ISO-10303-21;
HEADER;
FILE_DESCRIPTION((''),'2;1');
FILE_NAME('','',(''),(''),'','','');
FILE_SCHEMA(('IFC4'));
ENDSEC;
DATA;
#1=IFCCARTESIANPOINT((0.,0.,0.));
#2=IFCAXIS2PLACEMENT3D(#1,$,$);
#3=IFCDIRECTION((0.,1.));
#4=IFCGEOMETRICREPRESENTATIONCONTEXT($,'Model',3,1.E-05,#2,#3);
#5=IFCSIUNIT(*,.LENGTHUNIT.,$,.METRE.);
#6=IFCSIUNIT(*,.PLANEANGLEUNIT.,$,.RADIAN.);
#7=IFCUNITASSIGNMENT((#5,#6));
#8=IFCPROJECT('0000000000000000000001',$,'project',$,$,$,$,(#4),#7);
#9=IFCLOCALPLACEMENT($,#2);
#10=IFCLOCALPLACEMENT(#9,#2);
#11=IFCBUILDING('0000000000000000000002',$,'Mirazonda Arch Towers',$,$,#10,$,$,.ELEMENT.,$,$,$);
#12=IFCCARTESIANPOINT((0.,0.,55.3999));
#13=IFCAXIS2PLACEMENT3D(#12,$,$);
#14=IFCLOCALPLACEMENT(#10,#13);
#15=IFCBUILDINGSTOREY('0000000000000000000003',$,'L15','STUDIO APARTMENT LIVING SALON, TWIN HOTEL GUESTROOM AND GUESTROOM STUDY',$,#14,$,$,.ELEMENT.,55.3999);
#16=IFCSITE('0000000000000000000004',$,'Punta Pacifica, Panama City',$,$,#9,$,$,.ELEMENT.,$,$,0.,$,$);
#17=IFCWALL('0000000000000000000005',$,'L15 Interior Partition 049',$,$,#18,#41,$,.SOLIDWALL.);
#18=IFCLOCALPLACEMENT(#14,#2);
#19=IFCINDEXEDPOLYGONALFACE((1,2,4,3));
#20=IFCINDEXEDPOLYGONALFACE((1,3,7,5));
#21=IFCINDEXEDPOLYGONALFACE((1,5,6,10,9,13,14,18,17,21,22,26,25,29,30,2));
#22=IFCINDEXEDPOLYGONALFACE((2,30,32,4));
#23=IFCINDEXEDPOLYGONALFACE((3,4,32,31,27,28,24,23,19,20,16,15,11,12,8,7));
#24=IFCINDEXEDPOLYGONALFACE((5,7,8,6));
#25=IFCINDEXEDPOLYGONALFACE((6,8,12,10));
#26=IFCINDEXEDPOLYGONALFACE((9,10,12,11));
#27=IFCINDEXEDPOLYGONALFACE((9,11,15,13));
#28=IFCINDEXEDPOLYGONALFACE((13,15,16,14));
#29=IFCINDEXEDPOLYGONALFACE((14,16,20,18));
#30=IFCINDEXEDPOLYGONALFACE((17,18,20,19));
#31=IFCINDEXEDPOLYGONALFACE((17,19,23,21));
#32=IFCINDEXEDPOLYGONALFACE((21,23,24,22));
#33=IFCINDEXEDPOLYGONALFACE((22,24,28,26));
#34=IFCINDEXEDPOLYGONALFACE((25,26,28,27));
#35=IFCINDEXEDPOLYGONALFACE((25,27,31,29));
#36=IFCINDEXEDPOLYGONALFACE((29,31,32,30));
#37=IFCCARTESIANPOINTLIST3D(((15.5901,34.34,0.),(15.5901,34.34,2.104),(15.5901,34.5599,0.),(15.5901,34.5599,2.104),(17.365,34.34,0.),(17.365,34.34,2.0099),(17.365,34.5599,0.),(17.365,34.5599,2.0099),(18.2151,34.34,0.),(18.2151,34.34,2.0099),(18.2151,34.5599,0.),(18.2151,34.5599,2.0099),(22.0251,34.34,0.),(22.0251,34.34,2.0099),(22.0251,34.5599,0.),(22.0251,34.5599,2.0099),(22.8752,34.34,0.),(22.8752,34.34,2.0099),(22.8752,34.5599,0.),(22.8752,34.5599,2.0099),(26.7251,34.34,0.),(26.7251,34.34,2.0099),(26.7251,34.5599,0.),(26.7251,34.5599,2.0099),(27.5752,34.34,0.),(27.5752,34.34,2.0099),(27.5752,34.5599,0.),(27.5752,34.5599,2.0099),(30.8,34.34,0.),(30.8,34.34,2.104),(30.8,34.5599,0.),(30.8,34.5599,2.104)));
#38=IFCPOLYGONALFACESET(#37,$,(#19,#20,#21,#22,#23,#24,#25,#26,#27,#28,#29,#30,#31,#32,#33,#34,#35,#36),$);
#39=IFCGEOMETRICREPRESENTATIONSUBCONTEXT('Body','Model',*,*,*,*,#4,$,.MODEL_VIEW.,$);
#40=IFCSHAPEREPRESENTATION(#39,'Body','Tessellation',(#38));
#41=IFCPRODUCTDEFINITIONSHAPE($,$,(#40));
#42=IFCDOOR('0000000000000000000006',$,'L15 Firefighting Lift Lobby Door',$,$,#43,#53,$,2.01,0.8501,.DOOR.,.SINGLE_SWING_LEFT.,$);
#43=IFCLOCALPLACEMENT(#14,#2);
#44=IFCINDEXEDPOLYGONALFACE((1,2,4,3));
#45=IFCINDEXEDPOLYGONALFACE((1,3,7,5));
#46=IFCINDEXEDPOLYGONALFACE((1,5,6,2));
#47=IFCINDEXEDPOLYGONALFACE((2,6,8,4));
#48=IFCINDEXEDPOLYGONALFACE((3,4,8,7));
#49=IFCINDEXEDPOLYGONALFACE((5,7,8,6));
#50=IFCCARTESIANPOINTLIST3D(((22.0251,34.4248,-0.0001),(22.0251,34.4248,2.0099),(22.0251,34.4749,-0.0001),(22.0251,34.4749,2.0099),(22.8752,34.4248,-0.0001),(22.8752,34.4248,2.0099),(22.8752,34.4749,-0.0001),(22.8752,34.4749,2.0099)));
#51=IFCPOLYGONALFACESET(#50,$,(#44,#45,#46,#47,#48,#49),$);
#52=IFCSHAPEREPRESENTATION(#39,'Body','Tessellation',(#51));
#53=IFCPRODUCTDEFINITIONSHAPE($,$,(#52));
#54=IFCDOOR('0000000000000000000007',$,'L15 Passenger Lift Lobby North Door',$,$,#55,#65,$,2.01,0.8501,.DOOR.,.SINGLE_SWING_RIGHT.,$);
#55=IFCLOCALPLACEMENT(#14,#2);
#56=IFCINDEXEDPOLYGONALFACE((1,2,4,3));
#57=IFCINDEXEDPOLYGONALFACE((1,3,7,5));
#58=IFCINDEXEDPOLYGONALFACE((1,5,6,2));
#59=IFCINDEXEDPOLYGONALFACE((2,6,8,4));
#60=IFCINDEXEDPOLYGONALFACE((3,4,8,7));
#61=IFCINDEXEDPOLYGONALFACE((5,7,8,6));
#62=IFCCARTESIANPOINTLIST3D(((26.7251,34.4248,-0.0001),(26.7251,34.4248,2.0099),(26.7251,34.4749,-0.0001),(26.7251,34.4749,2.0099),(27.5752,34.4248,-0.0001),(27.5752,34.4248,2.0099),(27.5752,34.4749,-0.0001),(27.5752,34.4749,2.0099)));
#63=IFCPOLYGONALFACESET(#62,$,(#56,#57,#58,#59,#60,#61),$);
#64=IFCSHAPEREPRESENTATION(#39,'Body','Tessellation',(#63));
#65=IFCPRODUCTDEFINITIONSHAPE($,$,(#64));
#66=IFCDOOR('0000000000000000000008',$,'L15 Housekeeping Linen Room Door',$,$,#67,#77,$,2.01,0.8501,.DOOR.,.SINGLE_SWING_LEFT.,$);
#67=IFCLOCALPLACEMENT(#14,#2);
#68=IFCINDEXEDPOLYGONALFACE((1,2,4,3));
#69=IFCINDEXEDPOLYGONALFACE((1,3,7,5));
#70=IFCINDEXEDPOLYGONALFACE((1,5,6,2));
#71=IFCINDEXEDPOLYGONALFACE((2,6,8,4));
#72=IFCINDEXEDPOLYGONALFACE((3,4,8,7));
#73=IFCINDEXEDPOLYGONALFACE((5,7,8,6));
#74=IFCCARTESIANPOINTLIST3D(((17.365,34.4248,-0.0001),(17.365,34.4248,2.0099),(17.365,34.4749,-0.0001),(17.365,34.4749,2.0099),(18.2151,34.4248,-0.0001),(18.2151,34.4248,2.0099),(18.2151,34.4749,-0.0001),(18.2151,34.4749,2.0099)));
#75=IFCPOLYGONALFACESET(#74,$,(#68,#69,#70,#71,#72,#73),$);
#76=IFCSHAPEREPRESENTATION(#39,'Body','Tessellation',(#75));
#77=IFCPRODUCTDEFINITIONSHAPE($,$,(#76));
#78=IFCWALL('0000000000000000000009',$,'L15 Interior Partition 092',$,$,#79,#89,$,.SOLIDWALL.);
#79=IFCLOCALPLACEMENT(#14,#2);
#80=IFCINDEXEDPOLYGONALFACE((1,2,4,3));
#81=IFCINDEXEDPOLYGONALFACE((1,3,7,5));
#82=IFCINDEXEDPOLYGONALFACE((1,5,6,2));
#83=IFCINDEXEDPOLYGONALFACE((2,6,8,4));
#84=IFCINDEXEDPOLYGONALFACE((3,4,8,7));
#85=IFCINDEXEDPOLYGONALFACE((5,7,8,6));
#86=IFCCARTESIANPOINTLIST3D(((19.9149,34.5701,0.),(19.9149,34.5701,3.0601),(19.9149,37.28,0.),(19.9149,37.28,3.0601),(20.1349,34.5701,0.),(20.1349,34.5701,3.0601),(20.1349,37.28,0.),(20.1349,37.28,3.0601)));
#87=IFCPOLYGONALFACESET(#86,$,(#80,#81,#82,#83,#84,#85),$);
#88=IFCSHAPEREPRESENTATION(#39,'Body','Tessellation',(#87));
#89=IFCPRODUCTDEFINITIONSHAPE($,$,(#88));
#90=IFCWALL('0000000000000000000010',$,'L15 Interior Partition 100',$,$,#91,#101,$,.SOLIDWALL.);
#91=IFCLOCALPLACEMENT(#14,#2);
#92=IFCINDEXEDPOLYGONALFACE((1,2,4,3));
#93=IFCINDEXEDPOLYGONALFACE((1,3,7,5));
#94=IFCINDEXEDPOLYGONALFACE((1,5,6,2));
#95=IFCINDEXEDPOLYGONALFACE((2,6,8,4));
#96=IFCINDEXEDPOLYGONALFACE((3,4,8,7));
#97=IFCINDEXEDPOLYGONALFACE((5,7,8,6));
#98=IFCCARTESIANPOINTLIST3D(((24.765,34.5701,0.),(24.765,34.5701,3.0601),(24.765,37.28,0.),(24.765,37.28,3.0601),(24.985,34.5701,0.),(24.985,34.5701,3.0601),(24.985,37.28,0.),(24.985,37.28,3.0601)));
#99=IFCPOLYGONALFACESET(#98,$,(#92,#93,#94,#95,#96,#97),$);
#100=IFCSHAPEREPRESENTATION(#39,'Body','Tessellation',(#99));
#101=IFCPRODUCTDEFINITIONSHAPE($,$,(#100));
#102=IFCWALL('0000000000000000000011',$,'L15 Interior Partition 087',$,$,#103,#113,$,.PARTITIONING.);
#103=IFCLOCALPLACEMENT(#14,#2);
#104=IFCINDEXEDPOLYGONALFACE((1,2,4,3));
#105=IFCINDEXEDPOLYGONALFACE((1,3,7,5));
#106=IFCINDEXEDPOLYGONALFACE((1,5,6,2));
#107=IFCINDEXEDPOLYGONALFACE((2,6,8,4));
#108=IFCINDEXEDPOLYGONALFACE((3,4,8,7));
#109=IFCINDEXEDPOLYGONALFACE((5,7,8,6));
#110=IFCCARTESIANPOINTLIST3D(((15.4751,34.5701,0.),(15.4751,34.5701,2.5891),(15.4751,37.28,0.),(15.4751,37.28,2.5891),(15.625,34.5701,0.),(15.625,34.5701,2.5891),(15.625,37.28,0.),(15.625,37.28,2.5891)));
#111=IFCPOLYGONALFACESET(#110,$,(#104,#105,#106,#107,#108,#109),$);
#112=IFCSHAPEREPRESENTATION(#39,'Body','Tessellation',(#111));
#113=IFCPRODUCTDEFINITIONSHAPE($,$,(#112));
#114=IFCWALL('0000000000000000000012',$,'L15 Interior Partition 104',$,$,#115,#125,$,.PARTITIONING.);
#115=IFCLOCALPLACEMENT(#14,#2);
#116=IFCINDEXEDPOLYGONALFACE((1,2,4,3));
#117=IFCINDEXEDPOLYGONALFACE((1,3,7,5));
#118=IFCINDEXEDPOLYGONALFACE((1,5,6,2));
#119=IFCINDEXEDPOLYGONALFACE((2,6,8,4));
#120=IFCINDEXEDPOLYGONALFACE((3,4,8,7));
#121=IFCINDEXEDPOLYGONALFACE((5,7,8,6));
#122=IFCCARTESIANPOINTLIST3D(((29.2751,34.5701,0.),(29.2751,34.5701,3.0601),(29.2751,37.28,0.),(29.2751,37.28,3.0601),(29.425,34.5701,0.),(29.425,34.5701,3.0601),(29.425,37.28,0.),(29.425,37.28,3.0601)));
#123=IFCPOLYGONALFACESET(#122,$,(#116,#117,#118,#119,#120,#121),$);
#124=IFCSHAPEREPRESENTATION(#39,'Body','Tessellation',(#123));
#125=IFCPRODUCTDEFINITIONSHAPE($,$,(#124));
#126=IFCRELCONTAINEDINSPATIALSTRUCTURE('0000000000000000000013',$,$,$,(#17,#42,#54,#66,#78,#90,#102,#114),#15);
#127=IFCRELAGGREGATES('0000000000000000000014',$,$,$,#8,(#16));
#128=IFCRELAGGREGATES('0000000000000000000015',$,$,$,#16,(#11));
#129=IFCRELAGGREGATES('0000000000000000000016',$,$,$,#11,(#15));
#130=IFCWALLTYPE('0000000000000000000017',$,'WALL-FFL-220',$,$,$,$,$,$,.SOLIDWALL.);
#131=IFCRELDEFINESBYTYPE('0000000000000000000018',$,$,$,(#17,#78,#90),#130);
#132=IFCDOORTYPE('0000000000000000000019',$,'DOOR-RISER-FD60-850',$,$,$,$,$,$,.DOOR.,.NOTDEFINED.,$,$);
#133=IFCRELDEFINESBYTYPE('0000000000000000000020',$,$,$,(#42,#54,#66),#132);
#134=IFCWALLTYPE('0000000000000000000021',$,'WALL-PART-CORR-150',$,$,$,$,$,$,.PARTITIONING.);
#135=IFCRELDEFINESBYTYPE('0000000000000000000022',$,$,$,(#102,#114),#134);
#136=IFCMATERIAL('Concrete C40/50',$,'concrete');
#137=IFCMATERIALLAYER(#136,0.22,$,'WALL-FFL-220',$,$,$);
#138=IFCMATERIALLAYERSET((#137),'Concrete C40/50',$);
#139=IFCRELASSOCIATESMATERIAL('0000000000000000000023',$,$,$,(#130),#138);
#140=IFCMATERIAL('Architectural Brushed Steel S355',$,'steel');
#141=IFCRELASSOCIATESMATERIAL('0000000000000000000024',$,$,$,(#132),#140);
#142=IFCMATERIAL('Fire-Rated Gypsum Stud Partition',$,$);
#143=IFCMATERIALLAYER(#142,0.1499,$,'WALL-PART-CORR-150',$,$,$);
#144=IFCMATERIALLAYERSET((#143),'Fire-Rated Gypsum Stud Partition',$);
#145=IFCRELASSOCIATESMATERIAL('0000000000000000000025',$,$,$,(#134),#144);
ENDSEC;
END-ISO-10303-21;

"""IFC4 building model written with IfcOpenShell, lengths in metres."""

from ifc_helpers import new_model, si_unit, direction, frame, frame_2d, origin, place, context, subcontext, project, spatial, rectangle, extrude, material, layer, layer_set, type_object, element, fill, save


model = new_model("IFC4")

# Units and contexts
model_context = context("Model", 3, precision=1e-05, world=origin(), true_north=direction((0.0, 1.0)))
body_context = subcontext(model_context, "Body", "Model", "MODEL_VIEW")
ifc_project = project(units=[si_unit("LENGTHUNIT", "METRE"), si_unit("PLANEANGLEUNIT", "RADIAN")], contexts=[model_context])

# Site, building, storey
site_placement = place(None, origin())
site = spatial("IfcSite", under=ifc_project, at=site_placement, Name="Punta Pacifica, Panama City", CompositionType="ELEMENT", RefElevation=0.0)
building_placement = place(site_placement, origin())
building = spatial("IfcBuilding", under=site, at=building_placement, Name="Mirazonda Arch Towers", CompositionType="ELEMENT")
storey_placement = place(building_placement, frame((0.0, 0.0, 55.3999)))
storey = spatial("IfcBuildingStorey", under=building, at=storey_placement, Name="L15", Description="STUDIO APARTMENT LIVING SALON, TWIN HOTEL GUESTROOM AND GUESTROOM STUDY", CompositionType="ELEMENT", Elevation=55.3999)

# Wall, openings, doors
ifc_material_1 = material(Name="Concrete C40/50", Category="concrete")
ifc_layer_1 = layer(ifc_material_1, 0.22, Name="WALL-FFL-220")
ifc_layer_set_1 = layer_set([ifc_layer_1], Name="Concrete C40/50")
wall_type_1 = type_object("IfcWallType", Name="WALL-FFL-220", PredefinedType="SOLIDWALL", material=ifc_layer_set_1)
wall_1_placement = place(storey_placement, frame((15.5901, 34.45, 0.0), z_axis=(0.0, 0.0, 1.0), x_axis=(1.0, 0.0, 0.0)))
wall_1 = element("IfcWall", 1, at=wall_1_placement, inside=storey, type_object=wall_type_1, Name="L15 Interior Partition 049", PredefinedType="SOLIDWALL", context=body_context, shape_type="SweptSolid", body=[
    extrude(rectangle(XDim=15.21, YDim=0.22, at=frame_2d((7.605, 0.0))), origin(), (0.0, 0.0, 1.0), 2.104),
])
opening_1_placement = place(wall_1_placement, frame((6.4351, 0.0, 0.0)))
opening_1 = element("IfcOpeningElement", 2, at=opening_1_placement, cuts=wall_1, PredefinedType="OPENING", context=body_context, shape_type="SweptSolid", body=[
    extrude(rectangle(XDim=0.8501, YDim=2.01, at=frame_2d((0.425, 1.0049))), frame((0.0, 0.1199, 0.0), z_axis=(0.0, -1.0, 0.0), x_axis=(1.0, 0.0, 0.0)), (0.0, 0.0, 1.0), 0.24),
])
opening_2_placement = place(wall_1_placement, frame((11.135, 0.0, 0.0)))
opening_2 = element("IfcOpeningElement", 3, at=opening_2_placement, cuts=wall_1, PredefinedType="OPENING", context=body_context, shape_type="SweptSolid", body=[
    extrude(rectangle(XDim=0.8501, YDim=2.01, at=frame_2d((0.425, 1.0049))), frame((0.0, 0.1199, 0.0), z_axis=(0.0, -1.0, 0.0), x_axis=(1.0, 0.0, 0.0)), (0.0, 0.0, 1.0), 0.24),
])
opening_3_placement = place(wall_1_placement, frame((1.7749, 0.0, 0.0)))
opening_3 = element("IfcOpeningElement", 4, at=opening_3_placement, cuts=wall_1, PredefinedType="OPENING", context=body_context, shape_type="SweptSolid", body=[
    extrude(rectangle(XDim=0.8501, YDim=2.01, at=frame_2d((0.425, 1.0049))), frame((0.0, 0.1199, 0.0), z_axis=(0.0, -1.0, 0.0), x_axis=(1.0, 0.0, 0.0)), (0.0, 0.0, 1.0), 0.24),
])
ifc_material_2 = material(Name="Architectural Brushed Steel S355", Category="steel")
door_type = type_object("IfcDoorType", Name="DOOR-RISER-FD60-850", OperationType="NOTDEFINED", PredefinedType="DOOR", material=ifc_material_2)
door_1_placement = place(opening_1_placement, origin())
door_1 = element("IfcDoor", 5, at=door_1_placement, inside=storey, type_object=door_type, Name="L15 Firefighting Lift Lobby Door", OperationType="SINGLE_SWING_LEFT", OverallHeight=2.01, OverallWidth=0.8501, PredefinedType="DOOR", context=body_context, shape_type="SweptSolid", body=[
    extrude(rectangle(XDim=0.8501, YDim=2.01, at=frame_2d((0.425, 1.0049))), frame((0.0, 0.0249, 0.0), z_axis=(0.0, -1.0, 0.0), x_axis=(1.0, 0.0, 0.0)), (0.0, 0.0, 1.0), 0.05),
])
fill(opening_1, door_1)
door_2_placement = place(opening_2_placement, origin())
door_2 = element("IfcDoor", 6, at=door_2_placement, inside=storey, type_object=door_type, Name="L15 Passenger Lift Lobby North Door", OperationType="SINGLE_SWING_RIGHT", OverallHeight=2.01, OverallWidth=0.8501, PredefinedType="DOOR", context=body_context, shape_type="SweptSolid", body=[
    extrude(rectangle(XDim=0.8501, YDim=2.01, at=frame_2d((0.425, 1.0049))), frame((0.0, 0.0249, 0.0), z_axis=(0.0, -1.0, 0.0), x_axis=(1.0, 0.0, 0.0)), (0.0, 0.0, 1.0), 0.05),
])
fill(opening_2, door_2)
door_3_placement = place(opening_3_placement, origin())
door_3 = element("IfcDoor", 7, at=door_3_placement, inside=storey, type_object=door_type, Name="L15 Housekeeping Linen Room Door", OperationType="SINGLE_SWING_LEFT", OverallHeight=2.01, OverallWidth=0.8501, PredefinedType="DOOR", context=body_context, shape_type="SweptSolid", body=[
    extrude(rectangle(XDim=0.8501, YDim=2.01, at=frame_2d((0.425, 1.0049))), frame((0.0, 0.0249, 0.0), z_axis=(0.0, -1.0, 0.0), x_axis=(1.0, 0.0, 0.0)), (0.0, 0.0, 1.0), 0.05),
])
fill(opening_3, door_3)

# Walls
for number, where, z_axis, x_axis, name in (
    (8, (20.0249, 34.5701, 0.0), (0.0, 0.0, 1.0), (0.0, 1.0, 0.0), "L15 Interior Partition 092"),
    (9, (24.875, 34.5701, 0.0), (0.0, 0.0, 1.0), (0.0, 1.0, 0.0), "L15 Interior Partition 100"),
):
    element("IfcWall", number, at=place(storey_placement, frame(where, z_axis=z_axis, x_axis=x_axis)), inside=storey, type_object=wall_type_1, Name=name, PredefinedType="SOLIDWALL", context=body_context, shape_type="SweptSolid", body=[
        extrude(rectangle(XDim=2.71, YDim=0.22, at=frame_2d((1.355, 0.0))), origin(), (0.0, 0.0, 1.0), 3.0601),
    ])
ifc_material_3 = material(Name="Fire-Rated Gypsum Stud Partition")
ifc_layer_2 = layer(ifc_material_3, 0.1499, Name="WALL-PART-CORR-150")
ifc_layer_set_2 = layer_set([ifc_layer_2], Name="Fire-Rated Gypsum Stud Partition")
wall_type_2 = type_object("IfcWallType", Name="WALL-PART-CORR-150", PredefinedType="PARTITIONING", material=ifc_layer_set_2)
wall_2_placement = place(storey_placement, frame((15.55, 34.5701, 0.0), z_axis=(0.0, 0.0, 1.0), x_axis=(0.0, 1.0, 0.0)))
element("IfcWall", 10, at=wall_2_placement, inside=storey, type_object=wall_type_2, Name="L15 Interior Partition 087", PredefinedType="PARTITIONING", context=body_context, shape_type="SweptSolid", body=[
    extrude(rectangle(XDim=2.71, YDim=0.1499, at=frame_2d((1.355, 0.0))), origin(), (0.0, 0.0, 1.0), 2.5891),
])
wall_3_placement = place(storey_placement, frame((29.3501, 34.5701, 0.0), z_axis=(0.0, 0.0, 1.0), x_axis=(0.0, 1.0, 0.0)))
element("IfcWall", 11, at=wall_3_placement, inside=storey, type_object=wall_type_2, Name="L15 Interior Partition 104", PredefinedType="PARTITIONING", context=body_context, shape_type="SweptSolid", body=[
    extrude(rectangle(XDim=2.71, YDim=0.1499, at=frame_2d((1.355, 0.0))), origin(), (0.0, 0.0, 1.0), 3.0601),
])

save(model, "model.ifc")
